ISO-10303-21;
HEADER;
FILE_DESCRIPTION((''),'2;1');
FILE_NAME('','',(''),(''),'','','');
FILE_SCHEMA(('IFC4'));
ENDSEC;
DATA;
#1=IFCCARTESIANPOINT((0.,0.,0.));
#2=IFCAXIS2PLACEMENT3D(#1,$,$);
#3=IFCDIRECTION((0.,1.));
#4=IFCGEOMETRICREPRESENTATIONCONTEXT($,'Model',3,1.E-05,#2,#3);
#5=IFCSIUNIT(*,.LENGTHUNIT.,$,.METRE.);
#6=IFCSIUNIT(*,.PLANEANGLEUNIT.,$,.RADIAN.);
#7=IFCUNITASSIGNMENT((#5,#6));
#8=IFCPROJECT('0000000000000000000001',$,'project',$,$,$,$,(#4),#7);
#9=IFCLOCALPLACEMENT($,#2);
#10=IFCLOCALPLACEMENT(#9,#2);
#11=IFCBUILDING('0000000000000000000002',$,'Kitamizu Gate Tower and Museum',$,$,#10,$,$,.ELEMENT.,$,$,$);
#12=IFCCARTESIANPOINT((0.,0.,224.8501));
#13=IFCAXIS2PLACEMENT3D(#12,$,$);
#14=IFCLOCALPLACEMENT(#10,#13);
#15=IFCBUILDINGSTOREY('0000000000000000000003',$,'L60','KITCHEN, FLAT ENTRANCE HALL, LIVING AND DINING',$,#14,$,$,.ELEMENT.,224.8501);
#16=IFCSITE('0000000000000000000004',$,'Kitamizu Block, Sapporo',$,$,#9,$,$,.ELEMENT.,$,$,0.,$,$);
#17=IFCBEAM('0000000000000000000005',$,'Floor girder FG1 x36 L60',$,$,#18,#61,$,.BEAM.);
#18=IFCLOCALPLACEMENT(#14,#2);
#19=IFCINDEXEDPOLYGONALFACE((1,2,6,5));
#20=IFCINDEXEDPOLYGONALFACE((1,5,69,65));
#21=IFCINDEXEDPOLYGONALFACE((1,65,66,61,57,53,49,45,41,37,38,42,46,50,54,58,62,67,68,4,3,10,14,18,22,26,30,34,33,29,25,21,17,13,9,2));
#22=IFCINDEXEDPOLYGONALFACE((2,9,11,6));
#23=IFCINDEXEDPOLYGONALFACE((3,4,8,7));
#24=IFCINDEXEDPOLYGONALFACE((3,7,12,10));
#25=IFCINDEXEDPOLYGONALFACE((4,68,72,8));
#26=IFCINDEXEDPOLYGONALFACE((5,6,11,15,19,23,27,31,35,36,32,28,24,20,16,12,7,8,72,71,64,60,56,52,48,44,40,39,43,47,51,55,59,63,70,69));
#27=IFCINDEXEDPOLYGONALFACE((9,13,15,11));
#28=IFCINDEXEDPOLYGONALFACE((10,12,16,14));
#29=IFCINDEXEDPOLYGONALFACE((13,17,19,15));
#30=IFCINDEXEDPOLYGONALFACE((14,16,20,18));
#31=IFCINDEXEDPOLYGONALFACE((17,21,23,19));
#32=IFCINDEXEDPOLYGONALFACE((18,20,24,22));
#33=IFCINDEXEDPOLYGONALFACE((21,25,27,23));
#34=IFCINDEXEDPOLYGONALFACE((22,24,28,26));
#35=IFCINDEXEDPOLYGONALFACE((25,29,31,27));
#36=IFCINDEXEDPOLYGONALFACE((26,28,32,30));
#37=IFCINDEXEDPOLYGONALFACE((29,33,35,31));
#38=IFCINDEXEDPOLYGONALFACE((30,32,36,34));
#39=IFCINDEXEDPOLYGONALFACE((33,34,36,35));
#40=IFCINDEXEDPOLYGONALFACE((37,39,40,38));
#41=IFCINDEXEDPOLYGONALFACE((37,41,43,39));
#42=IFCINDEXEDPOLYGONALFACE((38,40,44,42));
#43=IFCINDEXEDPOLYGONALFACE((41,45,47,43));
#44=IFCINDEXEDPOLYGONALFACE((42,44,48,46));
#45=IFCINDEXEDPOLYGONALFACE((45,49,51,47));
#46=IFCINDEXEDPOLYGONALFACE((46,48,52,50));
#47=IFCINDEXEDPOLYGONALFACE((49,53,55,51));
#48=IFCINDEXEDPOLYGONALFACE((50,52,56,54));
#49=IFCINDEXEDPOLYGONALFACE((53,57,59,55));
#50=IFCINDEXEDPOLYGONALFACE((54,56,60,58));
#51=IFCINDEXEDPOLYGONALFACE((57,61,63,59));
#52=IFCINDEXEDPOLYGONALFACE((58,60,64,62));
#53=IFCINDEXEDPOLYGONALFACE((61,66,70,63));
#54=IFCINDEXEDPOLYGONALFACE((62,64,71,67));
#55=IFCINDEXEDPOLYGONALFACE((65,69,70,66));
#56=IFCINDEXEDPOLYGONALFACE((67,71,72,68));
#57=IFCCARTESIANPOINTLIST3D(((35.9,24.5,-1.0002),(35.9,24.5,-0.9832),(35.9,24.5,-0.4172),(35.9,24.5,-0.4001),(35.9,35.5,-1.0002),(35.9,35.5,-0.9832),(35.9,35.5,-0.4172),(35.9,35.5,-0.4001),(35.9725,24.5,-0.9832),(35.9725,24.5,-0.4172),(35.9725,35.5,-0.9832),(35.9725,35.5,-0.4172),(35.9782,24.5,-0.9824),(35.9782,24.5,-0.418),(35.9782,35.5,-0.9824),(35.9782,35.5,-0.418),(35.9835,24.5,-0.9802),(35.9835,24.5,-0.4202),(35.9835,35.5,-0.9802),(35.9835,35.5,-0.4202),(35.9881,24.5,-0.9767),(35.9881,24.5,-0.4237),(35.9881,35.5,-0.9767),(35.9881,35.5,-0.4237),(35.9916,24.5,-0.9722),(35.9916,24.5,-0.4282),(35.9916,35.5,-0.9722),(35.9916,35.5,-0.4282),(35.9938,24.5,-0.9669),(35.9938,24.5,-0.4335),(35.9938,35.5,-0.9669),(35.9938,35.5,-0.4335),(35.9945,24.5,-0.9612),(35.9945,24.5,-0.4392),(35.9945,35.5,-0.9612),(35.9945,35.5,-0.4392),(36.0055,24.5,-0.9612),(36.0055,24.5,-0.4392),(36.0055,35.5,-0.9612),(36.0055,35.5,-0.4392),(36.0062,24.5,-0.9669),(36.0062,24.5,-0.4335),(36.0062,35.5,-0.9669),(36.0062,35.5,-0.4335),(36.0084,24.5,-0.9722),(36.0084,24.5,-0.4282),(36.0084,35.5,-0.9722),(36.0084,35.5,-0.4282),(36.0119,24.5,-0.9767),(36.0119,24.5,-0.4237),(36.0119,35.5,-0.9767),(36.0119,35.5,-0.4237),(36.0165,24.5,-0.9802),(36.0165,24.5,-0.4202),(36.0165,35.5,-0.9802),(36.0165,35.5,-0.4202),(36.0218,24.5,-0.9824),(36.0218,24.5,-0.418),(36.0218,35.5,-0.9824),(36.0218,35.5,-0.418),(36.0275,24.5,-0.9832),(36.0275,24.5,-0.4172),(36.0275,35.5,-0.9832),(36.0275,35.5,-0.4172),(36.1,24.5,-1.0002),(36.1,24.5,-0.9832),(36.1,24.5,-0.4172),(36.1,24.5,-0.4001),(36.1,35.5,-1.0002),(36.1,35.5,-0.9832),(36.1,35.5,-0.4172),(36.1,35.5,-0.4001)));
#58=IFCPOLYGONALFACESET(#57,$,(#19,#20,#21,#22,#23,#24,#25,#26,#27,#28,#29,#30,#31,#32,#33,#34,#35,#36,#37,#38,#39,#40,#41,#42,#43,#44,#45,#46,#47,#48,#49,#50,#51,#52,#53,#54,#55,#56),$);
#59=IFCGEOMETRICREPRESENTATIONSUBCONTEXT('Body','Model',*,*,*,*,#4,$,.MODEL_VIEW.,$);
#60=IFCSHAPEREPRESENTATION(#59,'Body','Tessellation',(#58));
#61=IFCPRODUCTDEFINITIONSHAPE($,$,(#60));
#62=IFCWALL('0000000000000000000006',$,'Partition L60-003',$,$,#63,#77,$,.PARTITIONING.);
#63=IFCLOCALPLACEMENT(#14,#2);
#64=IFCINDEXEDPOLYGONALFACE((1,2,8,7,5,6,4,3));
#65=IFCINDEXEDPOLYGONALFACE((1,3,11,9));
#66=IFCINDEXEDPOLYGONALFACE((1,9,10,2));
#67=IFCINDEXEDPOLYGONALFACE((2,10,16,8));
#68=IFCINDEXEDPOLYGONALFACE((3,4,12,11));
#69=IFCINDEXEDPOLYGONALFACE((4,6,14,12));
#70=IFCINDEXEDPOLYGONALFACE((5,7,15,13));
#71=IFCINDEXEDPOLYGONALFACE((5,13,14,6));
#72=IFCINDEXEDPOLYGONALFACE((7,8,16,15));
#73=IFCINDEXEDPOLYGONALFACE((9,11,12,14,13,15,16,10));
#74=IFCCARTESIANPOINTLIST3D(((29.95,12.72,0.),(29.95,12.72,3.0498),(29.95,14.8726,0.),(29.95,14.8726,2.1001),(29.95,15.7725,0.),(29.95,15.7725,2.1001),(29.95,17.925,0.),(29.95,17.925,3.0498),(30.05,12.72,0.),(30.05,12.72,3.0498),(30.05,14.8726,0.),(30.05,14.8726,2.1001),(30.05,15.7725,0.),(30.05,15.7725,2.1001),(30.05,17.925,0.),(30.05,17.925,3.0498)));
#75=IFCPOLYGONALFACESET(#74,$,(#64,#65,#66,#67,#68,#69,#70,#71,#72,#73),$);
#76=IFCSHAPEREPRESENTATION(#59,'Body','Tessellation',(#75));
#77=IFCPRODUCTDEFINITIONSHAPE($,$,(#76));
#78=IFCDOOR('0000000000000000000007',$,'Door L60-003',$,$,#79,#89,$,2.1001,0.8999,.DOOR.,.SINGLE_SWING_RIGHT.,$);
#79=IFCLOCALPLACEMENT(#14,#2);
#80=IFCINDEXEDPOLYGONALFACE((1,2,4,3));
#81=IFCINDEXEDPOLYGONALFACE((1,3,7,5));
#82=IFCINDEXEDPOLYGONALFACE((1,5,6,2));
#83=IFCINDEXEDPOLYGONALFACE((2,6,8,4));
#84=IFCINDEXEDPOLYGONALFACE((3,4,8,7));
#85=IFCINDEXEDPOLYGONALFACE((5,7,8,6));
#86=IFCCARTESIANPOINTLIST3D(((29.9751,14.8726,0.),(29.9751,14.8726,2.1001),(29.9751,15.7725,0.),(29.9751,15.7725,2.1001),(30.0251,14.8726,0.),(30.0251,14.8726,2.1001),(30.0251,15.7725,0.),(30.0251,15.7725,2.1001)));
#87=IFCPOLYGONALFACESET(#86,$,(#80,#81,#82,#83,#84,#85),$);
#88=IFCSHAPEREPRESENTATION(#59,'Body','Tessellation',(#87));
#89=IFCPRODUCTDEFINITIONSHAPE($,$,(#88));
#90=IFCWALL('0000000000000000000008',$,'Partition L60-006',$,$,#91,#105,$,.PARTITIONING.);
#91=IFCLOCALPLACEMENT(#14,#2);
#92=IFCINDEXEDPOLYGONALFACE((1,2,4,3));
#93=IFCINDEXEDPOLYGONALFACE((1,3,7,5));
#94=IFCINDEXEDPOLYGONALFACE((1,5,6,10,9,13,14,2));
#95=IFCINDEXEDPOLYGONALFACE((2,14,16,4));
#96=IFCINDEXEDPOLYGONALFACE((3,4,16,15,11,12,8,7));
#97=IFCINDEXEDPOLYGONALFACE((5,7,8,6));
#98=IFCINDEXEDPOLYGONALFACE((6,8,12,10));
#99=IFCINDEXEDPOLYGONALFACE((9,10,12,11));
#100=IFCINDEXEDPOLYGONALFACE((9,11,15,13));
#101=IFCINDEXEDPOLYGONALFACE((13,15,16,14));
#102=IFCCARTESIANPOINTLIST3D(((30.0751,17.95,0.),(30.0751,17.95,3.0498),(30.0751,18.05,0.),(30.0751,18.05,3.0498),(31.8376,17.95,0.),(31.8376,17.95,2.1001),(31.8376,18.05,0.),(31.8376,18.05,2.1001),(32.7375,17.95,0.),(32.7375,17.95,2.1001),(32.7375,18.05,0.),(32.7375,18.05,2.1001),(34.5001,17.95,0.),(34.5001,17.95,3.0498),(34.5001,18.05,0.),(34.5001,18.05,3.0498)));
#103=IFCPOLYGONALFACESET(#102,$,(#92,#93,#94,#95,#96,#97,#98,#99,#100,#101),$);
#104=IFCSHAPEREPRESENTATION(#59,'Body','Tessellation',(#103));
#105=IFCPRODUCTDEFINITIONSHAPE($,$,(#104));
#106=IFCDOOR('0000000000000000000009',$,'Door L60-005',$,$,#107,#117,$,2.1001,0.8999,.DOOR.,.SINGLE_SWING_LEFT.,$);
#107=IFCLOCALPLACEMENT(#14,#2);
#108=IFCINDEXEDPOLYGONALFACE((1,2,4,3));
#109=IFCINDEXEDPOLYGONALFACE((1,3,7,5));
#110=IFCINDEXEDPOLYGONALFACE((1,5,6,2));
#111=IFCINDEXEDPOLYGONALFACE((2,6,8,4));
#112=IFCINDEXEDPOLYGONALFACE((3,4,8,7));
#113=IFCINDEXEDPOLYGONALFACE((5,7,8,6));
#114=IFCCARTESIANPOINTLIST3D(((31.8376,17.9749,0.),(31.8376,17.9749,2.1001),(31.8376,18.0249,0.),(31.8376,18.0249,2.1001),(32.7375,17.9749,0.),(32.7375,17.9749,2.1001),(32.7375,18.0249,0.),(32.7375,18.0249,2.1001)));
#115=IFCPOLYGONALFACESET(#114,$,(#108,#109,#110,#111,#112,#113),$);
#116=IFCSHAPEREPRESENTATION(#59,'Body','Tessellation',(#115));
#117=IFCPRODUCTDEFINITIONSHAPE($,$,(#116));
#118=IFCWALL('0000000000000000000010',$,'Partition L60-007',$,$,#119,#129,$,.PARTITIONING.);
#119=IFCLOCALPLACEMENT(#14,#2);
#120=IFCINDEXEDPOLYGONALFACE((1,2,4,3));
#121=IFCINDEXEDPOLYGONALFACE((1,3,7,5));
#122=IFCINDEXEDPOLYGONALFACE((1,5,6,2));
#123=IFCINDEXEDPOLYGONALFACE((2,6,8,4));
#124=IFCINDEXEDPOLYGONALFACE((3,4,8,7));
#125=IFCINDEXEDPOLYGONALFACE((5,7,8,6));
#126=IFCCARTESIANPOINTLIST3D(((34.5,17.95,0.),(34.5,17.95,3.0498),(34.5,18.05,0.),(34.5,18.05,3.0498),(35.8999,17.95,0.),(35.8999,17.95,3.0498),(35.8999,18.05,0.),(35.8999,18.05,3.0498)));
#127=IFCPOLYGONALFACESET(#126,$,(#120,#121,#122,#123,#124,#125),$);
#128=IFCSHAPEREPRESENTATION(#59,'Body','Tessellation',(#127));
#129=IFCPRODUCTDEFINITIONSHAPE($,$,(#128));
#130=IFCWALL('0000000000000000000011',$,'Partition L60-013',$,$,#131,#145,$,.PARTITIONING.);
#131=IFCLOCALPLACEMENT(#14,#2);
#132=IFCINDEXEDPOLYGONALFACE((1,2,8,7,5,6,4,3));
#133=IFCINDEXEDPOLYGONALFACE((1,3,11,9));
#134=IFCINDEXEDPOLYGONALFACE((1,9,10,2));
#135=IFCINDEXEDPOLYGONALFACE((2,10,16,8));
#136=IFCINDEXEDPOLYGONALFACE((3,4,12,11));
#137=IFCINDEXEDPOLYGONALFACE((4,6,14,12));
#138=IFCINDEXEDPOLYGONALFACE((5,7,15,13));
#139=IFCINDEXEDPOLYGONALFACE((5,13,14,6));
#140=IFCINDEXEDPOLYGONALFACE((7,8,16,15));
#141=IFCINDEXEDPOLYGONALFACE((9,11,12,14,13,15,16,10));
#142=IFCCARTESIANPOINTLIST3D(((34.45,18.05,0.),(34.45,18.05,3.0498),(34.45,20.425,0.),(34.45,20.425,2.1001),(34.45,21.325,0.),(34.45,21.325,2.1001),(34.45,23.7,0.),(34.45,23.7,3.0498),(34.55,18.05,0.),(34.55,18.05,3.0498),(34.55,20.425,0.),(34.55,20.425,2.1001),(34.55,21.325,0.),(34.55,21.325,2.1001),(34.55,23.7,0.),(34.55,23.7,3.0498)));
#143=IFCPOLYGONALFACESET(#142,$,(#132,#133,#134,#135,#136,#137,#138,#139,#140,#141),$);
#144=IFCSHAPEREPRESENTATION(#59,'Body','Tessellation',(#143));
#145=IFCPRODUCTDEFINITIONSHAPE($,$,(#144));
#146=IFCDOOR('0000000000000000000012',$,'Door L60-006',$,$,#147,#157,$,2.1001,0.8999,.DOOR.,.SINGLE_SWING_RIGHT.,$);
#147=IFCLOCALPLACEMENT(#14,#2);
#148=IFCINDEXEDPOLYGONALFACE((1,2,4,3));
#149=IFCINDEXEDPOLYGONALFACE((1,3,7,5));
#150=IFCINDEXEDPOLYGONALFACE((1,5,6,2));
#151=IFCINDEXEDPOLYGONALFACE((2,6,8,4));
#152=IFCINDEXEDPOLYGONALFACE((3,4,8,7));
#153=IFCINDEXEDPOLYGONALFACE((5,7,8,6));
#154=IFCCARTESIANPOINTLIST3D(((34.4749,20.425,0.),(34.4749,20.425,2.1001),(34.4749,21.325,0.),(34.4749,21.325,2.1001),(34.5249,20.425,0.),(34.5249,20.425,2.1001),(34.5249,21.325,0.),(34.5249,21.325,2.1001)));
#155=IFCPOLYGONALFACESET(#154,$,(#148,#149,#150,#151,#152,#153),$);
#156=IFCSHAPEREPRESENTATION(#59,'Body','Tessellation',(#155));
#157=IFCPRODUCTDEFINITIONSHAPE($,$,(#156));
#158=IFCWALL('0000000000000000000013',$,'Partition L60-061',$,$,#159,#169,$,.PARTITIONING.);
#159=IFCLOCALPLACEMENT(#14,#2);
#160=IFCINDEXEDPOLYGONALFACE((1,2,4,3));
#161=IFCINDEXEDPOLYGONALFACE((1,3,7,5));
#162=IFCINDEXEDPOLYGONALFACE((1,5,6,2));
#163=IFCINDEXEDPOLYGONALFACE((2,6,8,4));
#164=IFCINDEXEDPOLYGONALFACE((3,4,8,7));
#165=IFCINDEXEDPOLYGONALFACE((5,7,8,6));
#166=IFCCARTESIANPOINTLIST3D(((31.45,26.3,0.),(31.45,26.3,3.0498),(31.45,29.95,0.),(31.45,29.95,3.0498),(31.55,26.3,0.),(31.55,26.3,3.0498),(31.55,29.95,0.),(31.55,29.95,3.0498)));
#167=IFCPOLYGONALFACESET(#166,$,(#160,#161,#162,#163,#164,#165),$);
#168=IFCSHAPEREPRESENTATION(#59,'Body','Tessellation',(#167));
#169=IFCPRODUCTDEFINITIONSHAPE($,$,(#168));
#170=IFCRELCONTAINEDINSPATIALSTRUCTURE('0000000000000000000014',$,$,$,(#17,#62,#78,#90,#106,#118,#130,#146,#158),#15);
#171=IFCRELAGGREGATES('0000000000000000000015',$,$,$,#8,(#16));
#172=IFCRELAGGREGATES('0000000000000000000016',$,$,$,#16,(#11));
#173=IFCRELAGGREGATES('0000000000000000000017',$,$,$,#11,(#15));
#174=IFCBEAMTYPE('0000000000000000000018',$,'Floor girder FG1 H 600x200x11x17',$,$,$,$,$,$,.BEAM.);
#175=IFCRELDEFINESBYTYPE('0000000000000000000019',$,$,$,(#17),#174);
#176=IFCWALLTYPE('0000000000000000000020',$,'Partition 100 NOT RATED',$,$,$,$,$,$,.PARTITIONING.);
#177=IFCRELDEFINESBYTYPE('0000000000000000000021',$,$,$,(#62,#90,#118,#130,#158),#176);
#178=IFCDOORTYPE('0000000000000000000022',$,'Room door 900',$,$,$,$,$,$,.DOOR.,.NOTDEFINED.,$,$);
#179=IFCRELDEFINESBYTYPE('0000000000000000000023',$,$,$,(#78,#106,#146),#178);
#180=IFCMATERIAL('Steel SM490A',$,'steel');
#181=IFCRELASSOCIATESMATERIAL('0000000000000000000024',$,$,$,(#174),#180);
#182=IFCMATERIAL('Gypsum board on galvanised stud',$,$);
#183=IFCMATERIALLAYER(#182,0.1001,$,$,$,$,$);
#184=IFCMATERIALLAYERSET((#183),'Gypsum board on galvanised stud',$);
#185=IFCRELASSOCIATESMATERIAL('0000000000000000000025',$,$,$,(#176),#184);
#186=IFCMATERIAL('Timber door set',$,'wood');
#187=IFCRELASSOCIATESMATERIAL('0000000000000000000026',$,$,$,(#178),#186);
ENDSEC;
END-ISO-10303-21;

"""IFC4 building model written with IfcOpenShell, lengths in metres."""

from ifc_helpers import new_model, si_unit, direction, frame, frame_2d, origin, origin_2d, place, context, subcontext, project, spatial, rectangle, i_section, extrude, material, layer, layer_set, material_profile, profile_set, type_object, element, fill, save


model = new_model("IFC4")

# Units and contexts
model_context = context("Model", 3, precision=1e-05, world=origin(), true_north=direction((0.0, 1.0)))
body_context = subcontext(model_context, "Body", "Model", "MODEL_VIEW")
ifc_project = project(units=[si_unit("LENGTHUNIT", "METRE"), si_unit("PLANEANGLEUNIT", "RADIAN")], contexts=[model_context])

# Site, building, storey
site_placement = place(None, origin())
site = spatial("IfcSite", under=ifc_project, at=site_placement, Name="Kitamizu Block, Sapporo", CompositionType="ELEMENT", RefElevation=0.0)
building_placement = place(site_placement, origin())
building = spatial("IfcBuilding", under=site, at=building_placement, Name="Kitamizu Gate Tower and Museum", CompositionType="ELEMENT")
storey_placement = place(building_placement, frame((0.0, 0.0, 224.8501)))
storey = spatial("IfcBuildingStorey", under=building, at=storey_placement, Name="L60", Description="KITCHEN, FLAT ENTRANCE HALL, LIVING AND DINING", CompositionType="ELEMENT", Elevation=224.8501)

# Beam
ifc_material_1 = material(Name="Steel SM490A", Category="steel")
ifc_material_profile_1 = material_profile(ifc_material_1, i_section(OverallWidth=0.2, OverallDepth=0.6001, WebThickness=0.011, FlangeThickness=0.0171, FilletRadius=0.022, at=origin_2d()), Name="H-600x200x11x17")
ifc_profile_set_1 = profile_set([ifc_material_profile_1], Name="Steel SM490A")
beam_type_1 = type_object("IfcBeamType", Name="Floor girder FG1 H 600x200x11x17", PredefinedType="BEAM", material=ifc_profile_set_1)
for number, where, z_axis, x_axis, name in (
    (1, (36.0, 24.5, -0.7002), (0.0, 1.0, 0.0), (-1.0, 0.0, 0.0), "Floor girder FG1 x36 L60"),
):
    element("IfcBeam", number, at=place(storey_placement, frame(where, z_axis=z_axis, x_axis=x_axis)), inside=storey, type_object=beam_type_1, Name=name, PredefinedType="BEAM", context=body_context, shape_type="SweptSolid", body=[
        extrude(i_section(OverallWidth=0.2, OverallDepth=0.6001, WebThickness=0.011, FlangeThickness=0.0171, FilletRadius=0.022, at=origin_2d()), origin(), (0.0, 0.0, 1.0), 11.0),
    ])

# Walls, openings, doors
ifc_material_2 = material(Name="Gypsum board on galvanised stud")
ifc_layer_1 = layer(ifc_material_2, 0.1001)
ifc_layer_set_1 = layer_set([ifc_layer_1], Name="Gypsum board on galvanised stud")
wall_type_1 = type_object("IfcWallType", Name="Partition 100 NOT RATED", PredefinedType="PARTITIONING", material=ifc_layer_set_1)
wall_1_placement = place(storey_placement, frame((30.0, 12.72, 0.0), z_axis=(0.0, 0.0, 1.0), x_axis=(0.0, 1.0, 0.0)))
wall_1 = element("IfcWall", 2, at=wall_1_placement, inside=storey, type_object=wall_type_1, Name="Partition L60-003", PredefinedType="PARTITIONING", context=body_context, shape_type="SweptSolid", body=[
    extrude(rectangle(XDim=5.2051, YDim=0.1001, at=frame_2d((2.6025, 0.0))), origin(), (0.0, 0.0, 1.0), 3.0498),
])
opening_1_placement = place(wall_1_placement, frame((2.1526, 0.0, 0.0)))
opening_1 = element("IfcOpeningElement", 3, at=opening_1_placement, cuts=wall_1, PredefinedType="OPENING", context=body_context, shape_type="SweptSolid", body=[
    extrude(rectangle(XDim=0.8999, YDim=2.1001, at=frame_2d((0.45, 1.05))), frame((0.0, 0.0601, 0.0), z_axis=(0.0, -1.0, 0.0), x_axis=(1.0, 0.0, 0.0)), (0.0, 0.0, 1.0), 0.1201),
])
ifc_material_3 = material(Name="Timber door set", Category="wood")
door_type_1 = type_object("IfcDoorType", Name="Room door 900", OperationType="NOTDEFINED", PredefinedType="DOOR", material=ifc_material_3)
door_1_placement = place(opening_1_placement, origin())
door_1 = element("IfcDoor", 4, at=door_1_placement, inside=storey, type_object=door_type_1, Name="Door L60-003", OperationType="SINGLE_SWING_RIGHT", OverallHeight=2.1001, OverallWidth=0.8999, PredefinedType="DOOR", context=body_context, shape_type="SweptSolid", body=[
    extrude(rectangle(XDim=0.8999, YDim=2.1001, at=frame_2d((0.45, 1.05))), frame((0.0, 0.0249, 0.0), z_axis=(0.0, -1.0, 0.0), x_axis=(1.0, 0.0, 0.0)), (0.0, 0.0, 1.0), 0.05),
])
fill(opening_1, door_1)
wall_2_placement = place(storey_placement, frame((34.5, 18.0, 0.0), z_axis=(0.0, 0.0, 1.0), x_axis=(-1.0, 0.0, 0.0)))
wall_2 = element("IfcWall", 5, at=wall_2_placement, inside=storey, type_object=wall_type_1, Name="Partition L60-006", PredefinedType="PARTITIONING", context=body_context, shape_type="SweptSolid", body=[
    extrude(rectangle(XDim=4.425, YDim=0.1001, at=frame_2d((2.2124, 0.0))), origin(), (0.0, 0.0, 1.0), 3.0498),
])
opening_2_placement = place(wall_2_placement, frame((1.7625, 0.0, 0.0)))
opening_2 = element("IfcOpeningElement", 6, at=opening_2_placement, cuts=wall_2, PredefinedType="OPENING", context=body_context, shape_type="SweptSolid", body=[
    extrude(rectangle(XDim=0.8999, YDim=2.1001, at=frame_2d((0.45, 1.05))), frame((0.0, 0.0601, 0.0), z_axis=(0.0, -1.0, 0.0), x_axis=(1.0, 0.0, 0.0)), (0.0, 0.0, 1.0), 0.1201),
])
door_2_placement = place(opening_2_placement, frame((0.8999, 0.0, 0.0), x_axis=(-1.0, 0.0, 0.0)))
door_2 = element("IfcDoor", 7, at=door_2_placement, inside=storey, type_object=door_type_1, Name="Door L60-005", OperationType="SINGLE_SWING_LEFT", OverallHeight=2.1001, OverallWidth=0.8999, PredefinedType="DOOR", context=body_context, shape_type="SweptSolid", body=[
    extrude(rectangle(XDim=0.8999, YDim=2.1001, at=frame_2d((0.45, 1.05))), frame((0.0, 0.0249, 0.0), z_axis=(0.0, -1.0, 0.0), x_axis=(1.0, 0.0, 0.0)), (0.0, 0.0, 1.0), 0.05),
])
fill(opening_2, door_2)

# Wall
wall_3_placement = place(storey_placement, frame((35.8999, 18.0, 0.0), z_axis=(0.0, 0.0, 1.0), x_axis=(-1.0, 0.0, 0.0)))
element("IfcWall", 8, at=wall_3_placement, inside=storey, type_object=wall_type_1, Name="Partition L60-007", PredefinedType="PARTITIONING", context=body_context, shape_type="SweptSolid", body=[
    extrude(rectangle(XDim=1.3999, YDim=0.1001, at=frame_2d((0.7, 0.0))), origin(), (0.0, 0.0, 1.0), 3.0498),
])

# Wall, opening, door
wall_4_placement = place(storey_placement, frame((34.5, 18.05, 0.0), z_axis=(0.0, 0.0, 1.0), x_axis=(0.0, 1.0, 0.0)))
wall_4 = element("IfcWall", 9, at=wall_4_placement, inside=storey, type_object=wall_type_1, Name="Partition L60-013", PredefinedType="PARTITIONING", context=body_context, shape_type="SweptSolid", body=[
    extrude(rectangle(XDim=5.6499, YDim=0.1001, at=frame_2d((2.825, 0.0))), origin(), (0.0, 0.0, 1.0), 3.0498),
])
opening_3_placement = place(wall_4_placement, frame((2.375, 0.0, 0.0)))
opening_3 = element("IfcOpeningElement", 10, at=opening_3_placement, cuts=wall_4, PredefinedType="OPENING", context=body_context, shape_type="SweptSolid", body=[
    extrude(rectangle(XDim=0.8999, YDim=2.1001, at=frame_2d((0.45, 1.05))), frame((0.0, 0.0601, 0.0), z_axis=(0.0, -1.0, 0.0), x_axis=(1.0, 0.0, 0.0)), (0.0, 0.0, 1.0), 0.1201),
])
door_3_placement = place(opening_3_placement, frame((0.8999, 0.0, 0.0), x_axis=(-1.0, 0.0, 0.0)))
door_3 = element("IfcDoor", 11, at=door_3_placement, inside=storey, type_object=door_type_1, Name="Door L60-006", OperationType="SINGLE_SWING_RIGHT", OverallHeight=2.1001, OverallWidth=0.8999, PredefinedType="DOOR", context=body_context, shape_type="SweptSolid", body=[
    extrude(rectangle(XDim=0.8999, YDim=2.1001, at=frame_2d((0.45, 1.05))), frame((0.0, 0.0249, 0.0), z_axis=(0.0, -1.0, 0.0), x_axis=(1.0, 0.0, 0.0)), (0.0, 0.0, 1.0), 0.05),
])
fill(opening_3, door_3)

# Wall
wall_5_placement = place(storey_placement, frame((31.5, 26.3, 0.0), z_axis=(0.0, 0.0, 1.0), x_axis=(0.0, 1.0, 0.0)))
element("IfcWall", 12, at=wall_5_placement, inside=storey, type_object=wall_type_1, Name="Partition L60-061", PredefinedType="PARTITIONING", context=body_context, shape_type="SweptSolid", body=[
    extrude(rectangle(XDim=3.6499, YDim=0.1001, at=frame_2d((1.825, 0.0))), origin(), (0.0, 0.0, 1.0), 3.0498),
])

save(model, "model.ifc")
